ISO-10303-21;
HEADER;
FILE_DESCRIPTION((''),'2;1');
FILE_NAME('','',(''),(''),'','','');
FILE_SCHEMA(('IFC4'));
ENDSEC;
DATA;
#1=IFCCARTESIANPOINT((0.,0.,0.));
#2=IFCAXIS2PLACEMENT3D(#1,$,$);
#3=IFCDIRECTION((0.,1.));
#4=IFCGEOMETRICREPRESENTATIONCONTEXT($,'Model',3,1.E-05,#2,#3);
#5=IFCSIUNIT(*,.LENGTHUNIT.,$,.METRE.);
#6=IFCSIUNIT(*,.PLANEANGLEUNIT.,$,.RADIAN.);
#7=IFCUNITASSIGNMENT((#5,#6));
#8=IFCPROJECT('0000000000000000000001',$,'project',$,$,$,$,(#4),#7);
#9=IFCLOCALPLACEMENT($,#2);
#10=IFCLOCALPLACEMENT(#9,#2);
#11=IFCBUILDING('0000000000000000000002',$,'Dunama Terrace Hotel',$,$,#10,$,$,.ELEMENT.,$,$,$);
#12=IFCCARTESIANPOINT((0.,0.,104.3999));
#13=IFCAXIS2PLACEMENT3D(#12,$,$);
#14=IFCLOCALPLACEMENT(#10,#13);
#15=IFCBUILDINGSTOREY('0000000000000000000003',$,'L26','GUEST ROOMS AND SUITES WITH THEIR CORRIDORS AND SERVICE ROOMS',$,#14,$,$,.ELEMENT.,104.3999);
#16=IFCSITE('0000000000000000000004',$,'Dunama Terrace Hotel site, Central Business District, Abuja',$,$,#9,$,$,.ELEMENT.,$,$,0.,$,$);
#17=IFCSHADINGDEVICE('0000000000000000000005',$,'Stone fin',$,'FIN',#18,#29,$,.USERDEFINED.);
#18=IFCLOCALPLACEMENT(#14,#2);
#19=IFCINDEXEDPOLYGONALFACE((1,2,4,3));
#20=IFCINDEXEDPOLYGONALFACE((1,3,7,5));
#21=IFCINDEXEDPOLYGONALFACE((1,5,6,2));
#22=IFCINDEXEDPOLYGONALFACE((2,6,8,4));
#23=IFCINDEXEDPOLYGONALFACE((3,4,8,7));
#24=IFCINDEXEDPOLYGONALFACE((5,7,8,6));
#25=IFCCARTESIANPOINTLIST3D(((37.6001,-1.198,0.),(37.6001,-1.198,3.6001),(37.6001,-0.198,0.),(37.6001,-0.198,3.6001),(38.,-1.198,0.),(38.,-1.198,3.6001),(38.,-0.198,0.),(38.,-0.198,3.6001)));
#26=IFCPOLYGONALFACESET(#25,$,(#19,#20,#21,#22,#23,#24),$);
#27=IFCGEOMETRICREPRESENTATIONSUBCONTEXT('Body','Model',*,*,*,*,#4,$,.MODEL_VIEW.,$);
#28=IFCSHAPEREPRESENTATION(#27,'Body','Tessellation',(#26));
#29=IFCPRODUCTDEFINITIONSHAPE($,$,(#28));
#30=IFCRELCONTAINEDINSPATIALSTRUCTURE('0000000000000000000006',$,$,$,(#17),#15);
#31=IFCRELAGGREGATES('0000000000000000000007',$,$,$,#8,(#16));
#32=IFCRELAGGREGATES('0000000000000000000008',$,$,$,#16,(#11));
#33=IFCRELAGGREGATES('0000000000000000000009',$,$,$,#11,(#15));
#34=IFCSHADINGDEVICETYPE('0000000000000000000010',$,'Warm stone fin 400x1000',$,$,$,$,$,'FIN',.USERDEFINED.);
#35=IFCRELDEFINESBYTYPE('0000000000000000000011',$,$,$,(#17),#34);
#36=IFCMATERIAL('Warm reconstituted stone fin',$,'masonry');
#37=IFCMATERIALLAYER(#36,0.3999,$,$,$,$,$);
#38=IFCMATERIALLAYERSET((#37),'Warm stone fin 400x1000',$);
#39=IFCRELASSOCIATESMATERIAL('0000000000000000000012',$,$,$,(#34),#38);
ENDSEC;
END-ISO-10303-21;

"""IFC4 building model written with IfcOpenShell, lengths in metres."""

from ifc_helpers import new_model, si_unit, direction, frame, origin, origin_2d, place, context, subcontext, project, spatial, rectangle, extrude, material, layer, layer_set, type_object, element, save


model = new_model("IFC4")

# Units and contexts
model_context = context("Model", 3, precision=1e-05, world=origin(), true_north=direction((0.0, 1.0)))
body_context = subcontext(model_context, "Body", "Model", "MODEL_VIEW")
ifc_project = project(units=[si_unit("LENGTHUNIT", "METRE"), si_unit("PLANEANGLEUNIT", "RADIAN")], contexts=[model_context])

# Site, building, storey
site_placement = place(None, origin())
site = spatial("IfcSite", under=ifc_project, at=site_placement, Name="Dunama Terrace Hotel site, Central Business District, Abuja", CompositionType="ELEMENT", RefElevation=0.0)
building_placement = place(site_placement, origin())
building = spatial("IfcBuilding", under=site, at=building_placement, Name="Dunama Terrace Hotel", CompositionType="ELEMENT")
storey_placement = place(building_placement, frame((0.0, 0.0, 104.3999)))
storey = spatial("IfcBuildingStorey", under=building, at=storey_placement, Name="L26", Description="GUEST ROOMS AND SUITES WITH THEIR CORRIDORS AND SERVICE ROOMS", CompositionType="ELEMENT", Elevation=104.3999)

# Shading device
ifc_material_1 = material(Name="Warm reconstituted stone fin", Category="masonry")
ifc_layer_1 = layer(ifc_material_1, 0.3999)
ifc_layer_set_1 = layer_set([ifc_layer_1], Name="Warm stone fin 400x1000")
shading_device_type = type_object("IfcShadingDeviceType", Name="Warm stone fin 400x1000", ElementType="FIN", PredefinedType="USERDEFINED", material=ifc_layer_set_1)
shading_device_placement = place(storey_placement, frame((37.8, -0.698, 0.0), z_axis=(0.0, 0.0, 1.0), x_axis=(1.0, 0.0, 0.0)))
element("IfcShadingDevice", 1, at=shading_device_placement, inside=storey, type_object=shading_device_type, Name="Stone fin", ObjectType="FIN", PredefinedType="USERDEFINED", context=body_context, shape_type="SweptSolid", body=[
    extrude(rectangle(XDim=0.3999, YDim=1.0, at=origin_2d()), origin(), (0.0, 0.0, 1.0), 3.6001),
])

save(model, "model.ifc")
